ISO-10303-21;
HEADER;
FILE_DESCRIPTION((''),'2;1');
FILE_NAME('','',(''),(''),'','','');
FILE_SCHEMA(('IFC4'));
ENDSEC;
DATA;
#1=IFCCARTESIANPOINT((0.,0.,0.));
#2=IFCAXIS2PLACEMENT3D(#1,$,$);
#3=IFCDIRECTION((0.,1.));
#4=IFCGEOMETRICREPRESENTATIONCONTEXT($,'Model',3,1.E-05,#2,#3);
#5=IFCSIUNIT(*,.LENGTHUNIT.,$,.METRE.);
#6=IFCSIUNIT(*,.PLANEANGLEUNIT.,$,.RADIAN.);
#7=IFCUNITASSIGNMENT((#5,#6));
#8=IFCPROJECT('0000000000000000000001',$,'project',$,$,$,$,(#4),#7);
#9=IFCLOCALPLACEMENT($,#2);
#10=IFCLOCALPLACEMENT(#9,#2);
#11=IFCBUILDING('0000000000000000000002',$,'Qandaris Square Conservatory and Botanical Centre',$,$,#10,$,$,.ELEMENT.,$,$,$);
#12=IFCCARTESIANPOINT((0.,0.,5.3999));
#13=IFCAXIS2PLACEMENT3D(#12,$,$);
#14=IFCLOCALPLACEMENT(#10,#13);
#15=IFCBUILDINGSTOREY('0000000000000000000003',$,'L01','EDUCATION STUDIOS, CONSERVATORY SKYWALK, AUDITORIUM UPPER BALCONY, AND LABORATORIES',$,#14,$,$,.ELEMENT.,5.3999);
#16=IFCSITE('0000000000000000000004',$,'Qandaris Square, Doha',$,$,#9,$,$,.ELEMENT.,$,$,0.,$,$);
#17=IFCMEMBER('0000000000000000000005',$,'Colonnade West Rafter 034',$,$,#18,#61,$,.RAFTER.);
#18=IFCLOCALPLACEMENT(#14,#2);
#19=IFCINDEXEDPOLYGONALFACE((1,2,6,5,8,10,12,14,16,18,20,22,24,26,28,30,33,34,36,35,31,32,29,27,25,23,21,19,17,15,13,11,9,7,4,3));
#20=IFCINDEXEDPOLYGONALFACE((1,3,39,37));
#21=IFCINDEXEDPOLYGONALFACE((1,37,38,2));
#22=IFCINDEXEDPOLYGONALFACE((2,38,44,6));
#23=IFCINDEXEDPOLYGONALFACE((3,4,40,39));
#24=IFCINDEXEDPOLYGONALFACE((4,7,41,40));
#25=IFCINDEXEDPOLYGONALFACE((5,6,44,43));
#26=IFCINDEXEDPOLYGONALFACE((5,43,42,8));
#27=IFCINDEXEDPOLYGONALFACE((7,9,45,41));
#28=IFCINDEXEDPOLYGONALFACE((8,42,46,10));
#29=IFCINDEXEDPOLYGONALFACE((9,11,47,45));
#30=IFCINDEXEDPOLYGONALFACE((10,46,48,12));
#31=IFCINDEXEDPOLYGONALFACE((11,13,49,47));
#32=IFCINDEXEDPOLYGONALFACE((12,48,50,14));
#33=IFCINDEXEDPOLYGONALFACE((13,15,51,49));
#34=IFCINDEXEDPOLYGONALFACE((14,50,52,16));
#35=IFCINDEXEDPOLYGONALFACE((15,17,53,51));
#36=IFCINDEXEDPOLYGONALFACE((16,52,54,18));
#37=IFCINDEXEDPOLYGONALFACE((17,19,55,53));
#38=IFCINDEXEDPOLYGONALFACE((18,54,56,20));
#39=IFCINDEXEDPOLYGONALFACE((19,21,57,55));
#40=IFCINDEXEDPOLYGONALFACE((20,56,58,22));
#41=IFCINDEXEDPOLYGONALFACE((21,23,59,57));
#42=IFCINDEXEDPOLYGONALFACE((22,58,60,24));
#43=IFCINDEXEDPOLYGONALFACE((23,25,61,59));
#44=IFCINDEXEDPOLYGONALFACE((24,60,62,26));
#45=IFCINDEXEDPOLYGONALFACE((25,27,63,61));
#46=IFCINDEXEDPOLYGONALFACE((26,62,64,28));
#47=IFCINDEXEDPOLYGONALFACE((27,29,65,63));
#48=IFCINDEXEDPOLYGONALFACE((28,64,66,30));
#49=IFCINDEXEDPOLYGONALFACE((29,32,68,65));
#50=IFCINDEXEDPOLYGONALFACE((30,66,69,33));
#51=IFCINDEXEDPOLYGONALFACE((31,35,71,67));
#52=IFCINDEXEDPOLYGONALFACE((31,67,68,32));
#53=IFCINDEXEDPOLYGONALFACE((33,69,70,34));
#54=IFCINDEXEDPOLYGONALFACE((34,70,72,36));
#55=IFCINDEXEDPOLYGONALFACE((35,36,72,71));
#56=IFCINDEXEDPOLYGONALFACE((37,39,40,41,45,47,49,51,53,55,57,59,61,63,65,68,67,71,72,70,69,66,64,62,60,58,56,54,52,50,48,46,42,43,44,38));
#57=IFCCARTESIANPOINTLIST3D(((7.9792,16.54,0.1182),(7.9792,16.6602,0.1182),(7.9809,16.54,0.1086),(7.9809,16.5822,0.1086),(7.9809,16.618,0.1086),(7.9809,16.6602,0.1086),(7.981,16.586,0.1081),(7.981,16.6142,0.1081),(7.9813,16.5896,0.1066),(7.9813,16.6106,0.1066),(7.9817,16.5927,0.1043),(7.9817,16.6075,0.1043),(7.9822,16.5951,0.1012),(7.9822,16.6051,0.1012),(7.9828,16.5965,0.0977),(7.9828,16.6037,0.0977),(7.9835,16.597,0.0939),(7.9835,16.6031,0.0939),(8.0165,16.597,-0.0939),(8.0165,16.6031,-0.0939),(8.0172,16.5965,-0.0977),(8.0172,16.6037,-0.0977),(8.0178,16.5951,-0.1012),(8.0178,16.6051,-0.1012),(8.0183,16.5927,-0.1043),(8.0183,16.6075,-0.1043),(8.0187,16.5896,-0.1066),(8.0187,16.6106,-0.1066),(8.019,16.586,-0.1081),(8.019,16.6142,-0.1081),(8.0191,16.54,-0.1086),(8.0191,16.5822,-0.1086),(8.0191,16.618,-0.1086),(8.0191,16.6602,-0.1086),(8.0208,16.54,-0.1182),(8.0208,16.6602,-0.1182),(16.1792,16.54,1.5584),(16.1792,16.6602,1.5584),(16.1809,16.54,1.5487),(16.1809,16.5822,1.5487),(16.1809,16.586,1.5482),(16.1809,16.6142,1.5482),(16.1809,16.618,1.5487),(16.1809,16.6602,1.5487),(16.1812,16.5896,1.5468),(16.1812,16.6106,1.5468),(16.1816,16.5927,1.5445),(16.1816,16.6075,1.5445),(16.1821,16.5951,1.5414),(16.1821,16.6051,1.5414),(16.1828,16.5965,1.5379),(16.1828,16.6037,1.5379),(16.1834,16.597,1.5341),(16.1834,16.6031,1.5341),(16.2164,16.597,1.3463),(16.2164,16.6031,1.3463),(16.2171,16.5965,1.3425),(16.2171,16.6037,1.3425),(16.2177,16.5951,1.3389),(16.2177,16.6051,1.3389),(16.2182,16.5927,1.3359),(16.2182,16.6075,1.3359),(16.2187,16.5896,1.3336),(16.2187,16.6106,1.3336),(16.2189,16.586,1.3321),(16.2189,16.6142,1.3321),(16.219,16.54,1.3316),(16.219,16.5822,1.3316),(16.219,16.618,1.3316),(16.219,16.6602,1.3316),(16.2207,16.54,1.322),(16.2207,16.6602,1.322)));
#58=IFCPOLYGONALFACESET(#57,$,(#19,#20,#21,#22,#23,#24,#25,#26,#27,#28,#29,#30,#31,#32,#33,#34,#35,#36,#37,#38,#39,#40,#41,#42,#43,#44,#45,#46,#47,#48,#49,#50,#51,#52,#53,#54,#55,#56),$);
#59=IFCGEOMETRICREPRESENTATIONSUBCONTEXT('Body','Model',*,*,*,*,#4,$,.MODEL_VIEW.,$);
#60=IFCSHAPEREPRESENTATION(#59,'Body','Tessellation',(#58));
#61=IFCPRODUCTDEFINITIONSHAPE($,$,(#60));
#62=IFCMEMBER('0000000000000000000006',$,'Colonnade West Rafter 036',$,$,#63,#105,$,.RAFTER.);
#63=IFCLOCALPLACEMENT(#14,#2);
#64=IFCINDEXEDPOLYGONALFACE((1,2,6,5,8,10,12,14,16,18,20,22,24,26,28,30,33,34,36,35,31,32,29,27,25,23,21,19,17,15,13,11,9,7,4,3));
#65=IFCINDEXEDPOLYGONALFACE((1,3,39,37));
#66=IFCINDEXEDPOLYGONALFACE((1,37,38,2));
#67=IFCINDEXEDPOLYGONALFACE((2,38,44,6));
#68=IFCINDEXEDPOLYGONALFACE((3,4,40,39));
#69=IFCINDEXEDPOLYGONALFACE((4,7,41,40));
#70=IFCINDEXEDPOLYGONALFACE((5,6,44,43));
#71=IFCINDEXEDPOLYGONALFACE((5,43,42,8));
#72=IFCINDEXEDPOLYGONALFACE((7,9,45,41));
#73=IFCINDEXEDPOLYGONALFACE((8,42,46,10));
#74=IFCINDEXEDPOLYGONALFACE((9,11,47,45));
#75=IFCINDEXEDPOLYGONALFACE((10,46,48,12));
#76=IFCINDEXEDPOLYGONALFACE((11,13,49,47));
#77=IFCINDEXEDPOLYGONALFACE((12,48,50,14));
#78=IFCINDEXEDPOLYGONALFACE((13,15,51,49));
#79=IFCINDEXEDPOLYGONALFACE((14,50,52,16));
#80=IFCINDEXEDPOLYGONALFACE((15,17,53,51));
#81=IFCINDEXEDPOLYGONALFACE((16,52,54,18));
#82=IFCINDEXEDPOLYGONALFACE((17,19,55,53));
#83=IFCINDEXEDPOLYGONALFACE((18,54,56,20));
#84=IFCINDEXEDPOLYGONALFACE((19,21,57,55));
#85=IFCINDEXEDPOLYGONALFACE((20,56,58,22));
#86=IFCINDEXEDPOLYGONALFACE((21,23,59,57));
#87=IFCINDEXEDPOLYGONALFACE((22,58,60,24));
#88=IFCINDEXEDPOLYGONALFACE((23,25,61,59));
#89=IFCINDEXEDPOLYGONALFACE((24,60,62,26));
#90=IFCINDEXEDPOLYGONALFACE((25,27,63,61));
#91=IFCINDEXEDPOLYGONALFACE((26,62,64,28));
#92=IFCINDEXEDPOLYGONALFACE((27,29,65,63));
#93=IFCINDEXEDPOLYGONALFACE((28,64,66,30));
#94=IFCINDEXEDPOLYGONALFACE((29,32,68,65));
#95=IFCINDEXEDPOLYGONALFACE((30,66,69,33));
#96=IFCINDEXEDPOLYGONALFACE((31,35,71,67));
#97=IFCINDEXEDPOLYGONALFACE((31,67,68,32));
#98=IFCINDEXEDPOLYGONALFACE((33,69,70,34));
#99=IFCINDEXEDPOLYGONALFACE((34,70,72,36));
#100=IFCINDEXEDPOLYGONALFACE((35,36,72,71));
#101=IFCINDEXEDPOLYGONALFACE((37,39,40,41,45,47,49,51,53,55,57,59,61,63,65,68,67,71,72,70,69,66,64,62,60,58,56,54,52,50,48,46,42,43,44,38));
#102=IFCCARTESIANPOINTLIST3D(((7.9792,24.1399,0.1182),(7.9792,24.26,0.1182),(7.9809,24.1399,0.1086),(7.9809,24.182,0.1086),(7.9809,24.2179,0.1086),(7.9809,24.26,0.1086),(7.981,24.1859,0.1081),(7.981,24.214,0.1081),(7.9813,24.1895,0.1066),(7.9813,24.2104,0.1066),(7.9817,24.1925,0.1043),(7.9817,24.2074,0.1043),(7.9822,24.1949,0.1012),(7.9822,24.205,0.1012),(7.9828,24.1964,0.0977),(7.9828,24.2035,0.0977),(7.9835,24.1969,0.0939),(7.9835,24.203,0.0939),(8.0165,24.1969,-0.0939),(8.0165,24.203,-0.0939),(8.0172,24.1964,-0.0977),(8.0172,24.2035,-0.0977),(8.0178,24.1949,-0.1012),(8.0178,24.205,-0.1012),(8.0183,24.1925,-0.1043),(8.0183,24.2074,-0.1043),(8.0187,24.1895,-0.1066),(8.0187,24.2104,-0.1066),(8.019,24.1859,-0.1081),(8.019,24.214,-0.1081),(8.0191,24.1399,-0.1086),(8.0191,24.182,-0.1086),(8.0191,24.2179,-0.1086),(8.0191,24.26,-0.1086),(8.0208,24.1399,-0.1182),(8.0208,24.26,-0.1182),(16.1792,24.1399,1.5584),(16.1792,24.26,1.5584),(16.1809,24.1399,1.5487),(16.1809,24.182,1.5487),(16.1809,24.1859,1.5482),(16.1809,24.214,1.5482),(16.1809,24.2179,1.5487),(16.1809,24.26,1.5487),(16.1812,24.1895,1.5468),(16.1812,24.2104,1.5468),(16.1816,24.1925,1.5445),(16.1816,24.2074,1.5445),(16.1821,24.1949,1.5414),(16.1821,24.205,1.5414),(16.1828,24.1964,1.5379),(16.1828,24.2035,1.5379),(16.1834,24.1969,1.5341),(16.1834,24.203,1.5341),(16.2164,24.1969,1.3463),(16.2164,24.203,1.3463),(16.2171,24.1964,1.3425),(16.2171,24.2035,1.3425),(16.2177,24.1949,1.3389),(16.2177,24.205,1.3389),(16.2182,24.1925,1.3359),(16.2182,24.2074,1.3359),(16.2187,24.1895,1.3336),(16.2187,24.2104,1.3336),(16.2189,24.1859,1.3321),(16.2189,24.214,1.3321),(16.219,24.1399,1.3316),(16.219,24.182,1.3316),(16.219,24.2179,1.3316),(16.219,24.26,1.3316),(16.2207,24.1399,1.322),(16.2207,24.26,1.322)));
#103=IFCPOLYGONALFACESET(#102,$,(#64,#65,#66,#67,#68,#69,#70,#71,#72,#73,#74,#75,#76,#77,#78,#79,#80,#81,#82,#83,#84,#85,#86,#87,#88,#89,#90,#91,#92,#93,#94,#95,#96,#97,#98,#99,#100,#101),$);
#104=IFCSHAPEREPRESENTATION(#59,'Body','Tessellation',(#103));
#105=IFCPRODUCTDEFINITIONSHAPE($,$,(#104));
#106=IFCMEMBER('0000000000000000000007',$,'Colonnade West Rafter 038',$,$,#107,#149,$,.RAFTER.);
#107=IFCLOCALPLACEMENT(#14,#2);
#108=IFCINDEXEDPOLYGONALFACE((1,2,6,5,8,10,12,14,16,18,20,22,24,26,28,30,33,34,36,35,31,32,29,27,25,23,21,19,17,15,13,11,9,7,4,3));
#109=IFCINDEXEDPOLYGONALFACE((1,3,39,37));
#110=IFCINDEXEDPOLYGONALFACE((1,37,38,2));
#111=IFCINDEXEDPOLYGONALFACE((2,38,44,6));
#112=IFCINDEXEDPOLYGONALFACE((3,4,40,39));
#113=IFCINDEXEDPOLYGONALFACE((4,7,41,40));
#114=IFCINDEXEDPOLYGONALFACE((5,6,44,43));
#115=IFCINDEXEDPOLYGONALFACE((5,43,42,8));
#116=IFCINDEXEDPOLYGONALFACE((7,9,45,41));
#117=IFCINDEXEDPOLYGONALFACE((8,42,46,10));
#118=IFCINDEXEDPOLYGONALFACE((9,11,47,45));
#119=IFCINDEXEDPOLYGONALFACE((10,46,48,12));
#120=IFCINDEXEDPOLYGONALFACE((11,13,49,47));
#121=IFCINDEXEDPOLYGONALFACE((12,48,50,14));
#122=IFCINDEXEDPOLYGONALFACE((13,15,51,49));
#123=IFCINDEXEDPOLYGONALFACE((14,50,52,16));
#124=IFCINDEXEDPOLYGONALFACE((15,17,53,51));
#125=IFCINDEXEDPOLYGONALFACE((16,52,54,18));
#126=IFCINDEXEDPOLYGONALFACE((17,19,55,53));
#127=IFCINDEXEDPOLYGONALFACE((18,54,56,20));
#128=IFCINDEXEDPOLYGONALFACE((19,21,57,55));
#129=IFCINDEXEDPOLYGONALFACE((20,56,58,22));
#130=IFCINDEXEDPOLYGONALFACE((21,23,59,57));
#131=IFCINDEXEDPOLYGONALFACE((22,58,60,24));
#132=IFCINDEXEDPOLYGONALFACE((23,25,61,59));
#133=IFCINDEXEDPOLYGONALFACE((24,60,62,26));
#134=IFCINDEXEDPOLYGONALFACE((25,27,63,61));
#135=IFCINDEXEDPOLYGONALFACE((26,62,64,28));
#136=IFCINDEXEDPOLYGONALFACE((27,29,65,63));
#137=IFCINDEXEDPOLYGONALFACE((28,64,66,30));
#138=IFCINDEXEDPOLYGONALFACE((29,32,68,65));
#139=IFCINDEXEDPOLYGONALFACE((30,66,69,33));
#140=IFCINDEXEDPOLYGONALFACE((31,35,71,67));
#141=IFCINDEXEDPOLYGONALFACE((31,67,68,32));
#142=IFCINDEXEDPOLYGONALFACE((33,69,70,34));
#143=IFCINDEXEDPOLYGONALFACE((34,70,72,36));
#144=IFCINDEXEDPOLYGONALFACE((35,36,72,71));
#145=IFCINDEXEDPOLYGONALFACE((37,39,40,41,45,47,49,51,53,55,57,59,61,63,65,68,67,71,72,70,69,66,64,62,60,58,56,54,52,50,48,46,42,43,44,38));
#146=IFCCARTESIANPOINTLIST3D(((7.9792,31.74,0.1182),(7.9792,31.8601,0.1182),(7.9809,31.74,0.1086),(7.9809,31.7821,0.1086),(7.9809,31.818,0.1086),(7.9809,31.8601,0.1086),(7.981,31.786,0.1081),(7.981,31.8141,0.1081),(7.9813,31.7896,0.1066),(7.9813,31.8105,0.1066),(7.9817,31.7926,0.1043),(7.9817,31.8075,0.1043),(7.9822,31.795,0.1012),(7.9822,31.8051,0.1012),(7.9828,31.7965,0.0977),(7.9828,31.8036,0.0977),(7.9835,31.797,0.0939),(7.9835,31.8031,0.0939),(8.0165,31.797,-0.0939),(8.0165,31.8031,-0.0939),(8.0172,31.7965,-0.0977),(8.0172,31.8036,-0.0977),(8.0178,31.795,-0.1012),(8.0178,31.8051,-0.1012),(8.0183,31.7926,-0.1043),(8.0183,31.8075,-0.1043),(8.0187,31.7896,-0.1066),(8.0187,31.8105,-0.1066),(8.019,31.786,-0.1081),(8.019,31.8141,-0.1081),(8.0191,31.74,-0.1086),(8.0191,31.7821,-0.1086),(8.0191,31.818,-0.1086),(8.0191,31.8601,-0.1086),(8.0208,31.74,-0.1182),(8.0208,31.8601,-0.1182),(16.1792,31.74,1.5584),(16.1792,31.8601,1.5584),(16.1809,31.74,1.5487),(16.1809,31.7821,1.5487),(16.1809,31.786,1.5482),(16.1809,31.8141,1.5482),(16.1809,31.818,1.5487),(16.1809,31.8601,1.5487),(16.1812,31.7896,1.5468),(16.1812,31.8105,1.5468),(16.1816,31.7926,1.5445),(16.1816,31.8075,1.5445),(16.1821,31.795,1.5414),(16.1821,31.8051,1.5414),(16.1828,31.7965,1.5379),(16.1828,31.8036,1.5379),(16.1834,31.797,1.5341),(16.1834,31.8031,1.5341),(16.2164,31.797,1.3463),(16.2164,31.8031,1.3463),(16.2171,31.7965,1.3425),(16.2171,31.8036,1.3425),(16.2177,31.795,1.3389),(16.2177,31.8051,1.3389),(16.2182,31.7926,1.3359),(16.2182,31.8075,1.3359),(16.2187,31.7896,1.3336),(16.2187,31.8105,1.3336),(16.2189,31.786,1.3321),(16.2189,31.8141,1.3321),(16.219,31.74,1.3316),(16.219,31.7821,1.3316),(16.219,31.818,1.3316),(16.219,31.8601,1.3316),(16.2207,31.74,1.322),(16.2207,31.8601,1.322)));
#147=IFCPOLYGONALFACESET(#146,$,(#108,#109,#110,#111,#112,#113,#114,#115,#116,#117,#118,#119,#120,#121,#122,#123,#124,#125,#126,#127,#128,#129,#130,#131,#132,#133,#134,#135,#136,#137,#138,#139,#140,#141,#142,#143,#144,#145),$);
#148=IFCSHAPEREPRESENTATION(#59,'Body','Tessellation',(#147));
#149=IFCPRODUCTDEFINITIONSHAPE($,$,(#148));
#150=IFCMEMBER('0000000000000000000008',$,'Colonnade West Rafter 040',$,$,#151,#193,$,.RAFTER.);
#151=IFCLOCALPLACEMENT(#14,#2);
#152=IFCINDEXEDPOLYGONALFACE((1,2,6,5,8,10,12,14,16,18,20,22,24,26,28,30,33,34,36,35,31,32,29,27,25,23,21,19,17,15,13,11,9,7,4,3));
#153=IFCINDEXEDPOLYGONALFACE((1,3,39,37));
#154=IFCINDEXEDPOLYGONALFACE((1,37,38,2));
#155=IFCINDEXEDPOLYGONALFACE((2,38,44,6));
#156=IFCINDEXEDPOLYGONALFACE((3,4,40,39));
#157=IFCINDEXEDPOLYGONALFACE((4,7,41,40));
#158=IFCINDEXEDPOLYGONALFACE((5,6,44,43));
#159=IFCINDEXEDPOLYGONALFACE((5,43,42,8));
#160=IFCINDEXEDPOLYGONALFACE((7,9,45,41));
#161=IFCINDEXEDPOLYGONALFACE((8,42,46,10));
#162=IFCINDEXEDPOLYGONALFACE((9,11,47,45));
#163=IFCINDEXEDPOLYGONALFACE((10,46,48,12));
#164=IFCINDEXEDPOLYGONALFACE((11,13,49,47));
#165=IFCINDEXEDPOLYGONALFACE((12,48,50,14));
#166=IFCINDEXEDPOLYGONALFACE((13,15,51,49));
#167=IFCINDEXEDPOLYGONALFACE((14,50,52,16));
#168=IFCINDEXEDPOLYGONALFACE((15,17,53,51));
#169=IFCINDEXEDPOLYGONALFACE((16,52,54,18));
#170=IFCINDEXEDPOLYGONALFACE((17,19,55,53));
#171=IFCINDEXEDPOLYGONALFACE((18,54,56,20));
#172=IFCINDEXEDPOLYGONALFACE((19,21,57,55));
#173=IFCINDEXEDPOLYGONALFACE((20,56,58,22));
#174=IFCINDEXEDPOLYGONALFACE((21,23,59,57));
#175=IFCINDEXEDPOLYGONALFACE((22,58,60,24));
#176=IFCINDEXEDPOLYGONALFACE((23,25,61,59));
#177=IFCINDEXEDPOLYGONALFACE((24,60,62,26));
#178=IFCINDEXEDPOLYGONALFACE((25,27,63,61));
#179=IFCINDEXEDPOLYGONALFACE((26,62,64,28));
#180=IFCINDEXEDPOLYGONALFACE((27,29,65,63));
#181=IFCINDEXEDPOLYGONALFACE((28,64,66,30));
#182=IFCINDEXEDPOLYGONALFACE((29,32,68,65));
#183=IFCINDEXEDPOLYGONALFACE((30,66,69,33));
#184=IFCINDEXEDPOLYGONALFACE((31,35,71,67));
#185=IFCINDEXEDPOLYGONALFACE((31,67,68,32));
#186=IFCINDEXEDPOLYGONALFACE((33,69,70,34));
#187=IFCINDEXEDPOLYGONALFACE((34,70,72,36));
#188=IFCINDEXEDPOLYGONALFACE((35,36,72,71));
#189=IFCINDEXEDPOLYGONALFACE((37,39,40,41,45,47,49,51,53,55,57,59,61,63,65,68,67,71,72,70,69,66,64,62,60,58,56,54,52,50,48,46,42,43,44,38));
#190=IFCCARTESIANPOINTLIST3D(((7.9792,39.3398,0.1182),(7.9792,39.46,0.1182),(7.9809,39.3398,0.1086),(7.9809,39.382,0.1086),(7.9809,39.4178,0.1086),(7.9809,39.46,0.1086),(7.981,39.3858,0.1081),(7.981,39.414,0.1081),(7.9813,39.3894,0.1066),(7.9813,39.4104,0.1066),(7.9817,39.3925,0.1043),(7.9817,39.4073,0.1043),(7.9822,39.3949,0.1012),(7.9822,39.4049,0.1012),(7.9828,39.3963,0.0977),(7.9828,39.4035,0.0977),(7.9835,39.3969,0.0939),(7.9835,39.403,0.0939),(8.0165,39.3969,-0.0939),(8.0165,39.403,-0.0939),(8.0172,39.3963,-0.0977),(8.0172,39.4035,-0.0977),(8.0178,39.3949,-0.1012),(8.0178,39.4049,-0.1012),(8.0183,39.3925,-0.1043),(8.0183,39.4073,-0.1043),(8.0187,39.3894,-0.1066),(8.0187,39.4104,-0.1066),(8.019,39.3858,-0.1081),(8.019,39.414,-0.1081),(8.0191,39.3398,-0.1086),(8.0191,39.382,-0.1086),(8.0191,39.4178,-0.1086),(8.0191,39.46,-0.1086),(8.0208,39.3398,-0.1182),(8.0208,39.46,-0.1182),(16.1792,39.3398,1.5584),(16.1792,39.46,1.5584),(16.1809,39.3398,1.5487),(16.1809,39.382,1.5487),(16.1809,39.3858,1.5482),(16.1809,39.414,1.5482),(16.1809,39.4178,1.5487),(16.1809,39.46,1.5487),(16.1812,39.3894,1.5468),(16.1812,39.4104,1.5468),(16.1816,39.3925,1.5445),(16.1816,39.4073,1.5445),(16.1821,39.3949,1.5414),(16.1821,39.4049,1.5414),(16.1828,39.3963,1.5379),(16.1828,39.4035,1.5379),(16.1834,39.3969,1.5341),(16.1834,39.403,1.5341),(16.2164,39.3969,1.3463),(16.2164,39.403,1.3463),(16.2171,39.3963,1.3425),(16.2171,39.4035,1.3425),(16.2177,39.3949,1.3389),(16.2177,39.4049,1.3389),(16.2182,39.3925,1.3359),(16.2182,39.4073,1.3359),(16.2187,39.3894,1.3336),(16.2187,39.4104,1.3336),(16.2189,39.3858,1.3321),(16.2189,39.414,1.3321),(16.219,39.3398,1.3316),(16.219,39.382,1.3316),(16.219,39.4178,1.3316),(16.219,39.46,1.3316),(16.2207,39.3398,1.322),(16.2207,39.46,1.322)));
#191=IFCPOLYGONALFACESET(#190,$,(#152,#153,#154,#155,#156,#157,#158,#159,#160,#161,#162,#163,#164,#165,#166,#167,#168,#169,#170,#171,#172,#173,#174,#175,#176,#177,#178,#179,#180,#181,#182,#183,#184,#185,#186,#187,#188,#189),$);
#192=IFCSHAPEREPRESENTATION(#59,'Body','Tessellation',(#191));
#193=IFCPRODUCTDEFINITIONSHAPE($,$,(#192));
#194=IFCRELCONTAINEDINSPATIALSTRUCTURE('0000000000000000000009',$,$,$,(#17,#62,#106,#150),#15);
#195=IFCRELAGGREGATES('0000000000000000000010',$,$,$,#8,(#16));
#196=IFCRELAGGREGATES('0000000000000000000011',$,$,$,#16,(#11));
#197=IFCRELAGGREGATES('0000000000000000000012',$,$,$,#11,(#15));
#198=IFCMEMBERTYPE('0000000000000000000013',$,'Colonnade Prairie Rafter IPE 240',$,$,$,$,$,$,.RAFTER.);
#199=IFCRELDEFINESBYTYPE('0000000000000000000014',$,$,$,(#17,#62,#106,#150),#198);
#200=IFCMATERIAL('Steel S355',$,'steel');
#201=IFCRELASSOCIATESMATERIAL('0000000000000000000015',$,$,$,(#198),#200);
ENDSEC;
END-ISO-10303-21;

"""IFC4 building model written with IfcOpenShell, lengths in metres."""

from ifc_helpers import new_model, si_unit, direction, frame, origin, origin_2d, place, context, subcontext, project, spatial, i_section, extrude, material, material_profile, profile_set, type_object, element, save


model = new_model("IFC4")

# Units and contexts
model_context = context("Model", 3, precision=1e-05, world=origin(), true_north=direction((0.0, 1.0)))
body_context = subcontext(model_context, "Body", "Model", "MODEL_VIEW")
ifc_project = project(units=[si_unit("LENGTHUNIT", "METRE"), si_unit("PLANEANGLEUNIT", "RADIAN")], contexts=[model_context])

# Site, building, storey
site_placement = place(None, origin())
site = spatial("IfcSite", under=ifc_project, at=site_placement, Name="Qandaris Square, Doha", CompositionType="ELEMENT", RefElevation=0.0)
building_placement = place(site_placement, origin())
building = spatial("IfcBuilding", under=site, at=building_placement, Name="Qandaris Square Conservatory and Botanical Centre", CompositionType="ELEMENT")
storey_placement = place(building_placement, frame((0.0, 0.0, 5.3999)))
storey = spatial("IfcBuildingStorey", under=building, at=storey_placement, Name="L01", Description="EDUCATION STUDIOS, CONSERVATORY SKYWALK, AUDITORIUM UPPER BALCONY, AND LABORATORIES", CompositionType="ELEMENT", Elevation=5.3999)

# Members
ifc_material_1 = material(Name="Steel S355", Category="steel")
ifc_material_profile_1 = material_profile(ifc_material_1, i_section(OverallWidth=0.1201, OverallDepth=0.24, WebThickness=0.0061, FlangeThickness=0.0098, FilletRadius=0.0149, at=origin_2d()), Name="IPE 240")
ifc_profile_set_1 = profile_set([ifc_material_profile_1], Name="Steel S355")
member_type = type_object("IfcMemberType", Name="Colonnade Prairie Rafter IPE 240", PredefinedType="RAFTER", material=ifc_profile_set_1)
for number, where, z_axis, x_axis, name in (
    (1, (8.0, 16.6001, 0.0), (0.984924, 0.0, 0.172986), (0.0, 1.0, 0.0), "Colonnade West Rafter 034"),
    (2, (8.0, 24.2, 0.0), (0.984924, 0.0, 0.172986), (0.0, 1.0, 0.0), "Colonnade West Rafter 036"),
    (3, (8.0, 31.8, 0.0), (0.984924, 0.0, 0.172986), (0.0, 1.0, 0.0), "Colonnade West Rafter 038"),
    (4, (8.0, 39.3999, 0.0), (0.984924, 0.0, 0.172986), (0.0, 1.0, 0.0), "Colonnade West Rafter 040"),
):
    element("IfcMember", number, at=place(storey_placement, frame(where, z_axis=z_axis, x_axis=x_axis)), inside=storey, type_object=member_type, Name=name, PredefinedType="RAFTER", context=body_context, shape_type="SweptSolid", body=[
        extrude(i_section(OverallWidth=0.1201, OverallDepth=0.24, WebThickness=0.0061, FlangeThickness=0.0098, FilletRadius=0.0149, at=origin_2d()), origin(), (0.0, 0.0, 1.0), 8.3254),
    ])

save(model, "model.ifc")
